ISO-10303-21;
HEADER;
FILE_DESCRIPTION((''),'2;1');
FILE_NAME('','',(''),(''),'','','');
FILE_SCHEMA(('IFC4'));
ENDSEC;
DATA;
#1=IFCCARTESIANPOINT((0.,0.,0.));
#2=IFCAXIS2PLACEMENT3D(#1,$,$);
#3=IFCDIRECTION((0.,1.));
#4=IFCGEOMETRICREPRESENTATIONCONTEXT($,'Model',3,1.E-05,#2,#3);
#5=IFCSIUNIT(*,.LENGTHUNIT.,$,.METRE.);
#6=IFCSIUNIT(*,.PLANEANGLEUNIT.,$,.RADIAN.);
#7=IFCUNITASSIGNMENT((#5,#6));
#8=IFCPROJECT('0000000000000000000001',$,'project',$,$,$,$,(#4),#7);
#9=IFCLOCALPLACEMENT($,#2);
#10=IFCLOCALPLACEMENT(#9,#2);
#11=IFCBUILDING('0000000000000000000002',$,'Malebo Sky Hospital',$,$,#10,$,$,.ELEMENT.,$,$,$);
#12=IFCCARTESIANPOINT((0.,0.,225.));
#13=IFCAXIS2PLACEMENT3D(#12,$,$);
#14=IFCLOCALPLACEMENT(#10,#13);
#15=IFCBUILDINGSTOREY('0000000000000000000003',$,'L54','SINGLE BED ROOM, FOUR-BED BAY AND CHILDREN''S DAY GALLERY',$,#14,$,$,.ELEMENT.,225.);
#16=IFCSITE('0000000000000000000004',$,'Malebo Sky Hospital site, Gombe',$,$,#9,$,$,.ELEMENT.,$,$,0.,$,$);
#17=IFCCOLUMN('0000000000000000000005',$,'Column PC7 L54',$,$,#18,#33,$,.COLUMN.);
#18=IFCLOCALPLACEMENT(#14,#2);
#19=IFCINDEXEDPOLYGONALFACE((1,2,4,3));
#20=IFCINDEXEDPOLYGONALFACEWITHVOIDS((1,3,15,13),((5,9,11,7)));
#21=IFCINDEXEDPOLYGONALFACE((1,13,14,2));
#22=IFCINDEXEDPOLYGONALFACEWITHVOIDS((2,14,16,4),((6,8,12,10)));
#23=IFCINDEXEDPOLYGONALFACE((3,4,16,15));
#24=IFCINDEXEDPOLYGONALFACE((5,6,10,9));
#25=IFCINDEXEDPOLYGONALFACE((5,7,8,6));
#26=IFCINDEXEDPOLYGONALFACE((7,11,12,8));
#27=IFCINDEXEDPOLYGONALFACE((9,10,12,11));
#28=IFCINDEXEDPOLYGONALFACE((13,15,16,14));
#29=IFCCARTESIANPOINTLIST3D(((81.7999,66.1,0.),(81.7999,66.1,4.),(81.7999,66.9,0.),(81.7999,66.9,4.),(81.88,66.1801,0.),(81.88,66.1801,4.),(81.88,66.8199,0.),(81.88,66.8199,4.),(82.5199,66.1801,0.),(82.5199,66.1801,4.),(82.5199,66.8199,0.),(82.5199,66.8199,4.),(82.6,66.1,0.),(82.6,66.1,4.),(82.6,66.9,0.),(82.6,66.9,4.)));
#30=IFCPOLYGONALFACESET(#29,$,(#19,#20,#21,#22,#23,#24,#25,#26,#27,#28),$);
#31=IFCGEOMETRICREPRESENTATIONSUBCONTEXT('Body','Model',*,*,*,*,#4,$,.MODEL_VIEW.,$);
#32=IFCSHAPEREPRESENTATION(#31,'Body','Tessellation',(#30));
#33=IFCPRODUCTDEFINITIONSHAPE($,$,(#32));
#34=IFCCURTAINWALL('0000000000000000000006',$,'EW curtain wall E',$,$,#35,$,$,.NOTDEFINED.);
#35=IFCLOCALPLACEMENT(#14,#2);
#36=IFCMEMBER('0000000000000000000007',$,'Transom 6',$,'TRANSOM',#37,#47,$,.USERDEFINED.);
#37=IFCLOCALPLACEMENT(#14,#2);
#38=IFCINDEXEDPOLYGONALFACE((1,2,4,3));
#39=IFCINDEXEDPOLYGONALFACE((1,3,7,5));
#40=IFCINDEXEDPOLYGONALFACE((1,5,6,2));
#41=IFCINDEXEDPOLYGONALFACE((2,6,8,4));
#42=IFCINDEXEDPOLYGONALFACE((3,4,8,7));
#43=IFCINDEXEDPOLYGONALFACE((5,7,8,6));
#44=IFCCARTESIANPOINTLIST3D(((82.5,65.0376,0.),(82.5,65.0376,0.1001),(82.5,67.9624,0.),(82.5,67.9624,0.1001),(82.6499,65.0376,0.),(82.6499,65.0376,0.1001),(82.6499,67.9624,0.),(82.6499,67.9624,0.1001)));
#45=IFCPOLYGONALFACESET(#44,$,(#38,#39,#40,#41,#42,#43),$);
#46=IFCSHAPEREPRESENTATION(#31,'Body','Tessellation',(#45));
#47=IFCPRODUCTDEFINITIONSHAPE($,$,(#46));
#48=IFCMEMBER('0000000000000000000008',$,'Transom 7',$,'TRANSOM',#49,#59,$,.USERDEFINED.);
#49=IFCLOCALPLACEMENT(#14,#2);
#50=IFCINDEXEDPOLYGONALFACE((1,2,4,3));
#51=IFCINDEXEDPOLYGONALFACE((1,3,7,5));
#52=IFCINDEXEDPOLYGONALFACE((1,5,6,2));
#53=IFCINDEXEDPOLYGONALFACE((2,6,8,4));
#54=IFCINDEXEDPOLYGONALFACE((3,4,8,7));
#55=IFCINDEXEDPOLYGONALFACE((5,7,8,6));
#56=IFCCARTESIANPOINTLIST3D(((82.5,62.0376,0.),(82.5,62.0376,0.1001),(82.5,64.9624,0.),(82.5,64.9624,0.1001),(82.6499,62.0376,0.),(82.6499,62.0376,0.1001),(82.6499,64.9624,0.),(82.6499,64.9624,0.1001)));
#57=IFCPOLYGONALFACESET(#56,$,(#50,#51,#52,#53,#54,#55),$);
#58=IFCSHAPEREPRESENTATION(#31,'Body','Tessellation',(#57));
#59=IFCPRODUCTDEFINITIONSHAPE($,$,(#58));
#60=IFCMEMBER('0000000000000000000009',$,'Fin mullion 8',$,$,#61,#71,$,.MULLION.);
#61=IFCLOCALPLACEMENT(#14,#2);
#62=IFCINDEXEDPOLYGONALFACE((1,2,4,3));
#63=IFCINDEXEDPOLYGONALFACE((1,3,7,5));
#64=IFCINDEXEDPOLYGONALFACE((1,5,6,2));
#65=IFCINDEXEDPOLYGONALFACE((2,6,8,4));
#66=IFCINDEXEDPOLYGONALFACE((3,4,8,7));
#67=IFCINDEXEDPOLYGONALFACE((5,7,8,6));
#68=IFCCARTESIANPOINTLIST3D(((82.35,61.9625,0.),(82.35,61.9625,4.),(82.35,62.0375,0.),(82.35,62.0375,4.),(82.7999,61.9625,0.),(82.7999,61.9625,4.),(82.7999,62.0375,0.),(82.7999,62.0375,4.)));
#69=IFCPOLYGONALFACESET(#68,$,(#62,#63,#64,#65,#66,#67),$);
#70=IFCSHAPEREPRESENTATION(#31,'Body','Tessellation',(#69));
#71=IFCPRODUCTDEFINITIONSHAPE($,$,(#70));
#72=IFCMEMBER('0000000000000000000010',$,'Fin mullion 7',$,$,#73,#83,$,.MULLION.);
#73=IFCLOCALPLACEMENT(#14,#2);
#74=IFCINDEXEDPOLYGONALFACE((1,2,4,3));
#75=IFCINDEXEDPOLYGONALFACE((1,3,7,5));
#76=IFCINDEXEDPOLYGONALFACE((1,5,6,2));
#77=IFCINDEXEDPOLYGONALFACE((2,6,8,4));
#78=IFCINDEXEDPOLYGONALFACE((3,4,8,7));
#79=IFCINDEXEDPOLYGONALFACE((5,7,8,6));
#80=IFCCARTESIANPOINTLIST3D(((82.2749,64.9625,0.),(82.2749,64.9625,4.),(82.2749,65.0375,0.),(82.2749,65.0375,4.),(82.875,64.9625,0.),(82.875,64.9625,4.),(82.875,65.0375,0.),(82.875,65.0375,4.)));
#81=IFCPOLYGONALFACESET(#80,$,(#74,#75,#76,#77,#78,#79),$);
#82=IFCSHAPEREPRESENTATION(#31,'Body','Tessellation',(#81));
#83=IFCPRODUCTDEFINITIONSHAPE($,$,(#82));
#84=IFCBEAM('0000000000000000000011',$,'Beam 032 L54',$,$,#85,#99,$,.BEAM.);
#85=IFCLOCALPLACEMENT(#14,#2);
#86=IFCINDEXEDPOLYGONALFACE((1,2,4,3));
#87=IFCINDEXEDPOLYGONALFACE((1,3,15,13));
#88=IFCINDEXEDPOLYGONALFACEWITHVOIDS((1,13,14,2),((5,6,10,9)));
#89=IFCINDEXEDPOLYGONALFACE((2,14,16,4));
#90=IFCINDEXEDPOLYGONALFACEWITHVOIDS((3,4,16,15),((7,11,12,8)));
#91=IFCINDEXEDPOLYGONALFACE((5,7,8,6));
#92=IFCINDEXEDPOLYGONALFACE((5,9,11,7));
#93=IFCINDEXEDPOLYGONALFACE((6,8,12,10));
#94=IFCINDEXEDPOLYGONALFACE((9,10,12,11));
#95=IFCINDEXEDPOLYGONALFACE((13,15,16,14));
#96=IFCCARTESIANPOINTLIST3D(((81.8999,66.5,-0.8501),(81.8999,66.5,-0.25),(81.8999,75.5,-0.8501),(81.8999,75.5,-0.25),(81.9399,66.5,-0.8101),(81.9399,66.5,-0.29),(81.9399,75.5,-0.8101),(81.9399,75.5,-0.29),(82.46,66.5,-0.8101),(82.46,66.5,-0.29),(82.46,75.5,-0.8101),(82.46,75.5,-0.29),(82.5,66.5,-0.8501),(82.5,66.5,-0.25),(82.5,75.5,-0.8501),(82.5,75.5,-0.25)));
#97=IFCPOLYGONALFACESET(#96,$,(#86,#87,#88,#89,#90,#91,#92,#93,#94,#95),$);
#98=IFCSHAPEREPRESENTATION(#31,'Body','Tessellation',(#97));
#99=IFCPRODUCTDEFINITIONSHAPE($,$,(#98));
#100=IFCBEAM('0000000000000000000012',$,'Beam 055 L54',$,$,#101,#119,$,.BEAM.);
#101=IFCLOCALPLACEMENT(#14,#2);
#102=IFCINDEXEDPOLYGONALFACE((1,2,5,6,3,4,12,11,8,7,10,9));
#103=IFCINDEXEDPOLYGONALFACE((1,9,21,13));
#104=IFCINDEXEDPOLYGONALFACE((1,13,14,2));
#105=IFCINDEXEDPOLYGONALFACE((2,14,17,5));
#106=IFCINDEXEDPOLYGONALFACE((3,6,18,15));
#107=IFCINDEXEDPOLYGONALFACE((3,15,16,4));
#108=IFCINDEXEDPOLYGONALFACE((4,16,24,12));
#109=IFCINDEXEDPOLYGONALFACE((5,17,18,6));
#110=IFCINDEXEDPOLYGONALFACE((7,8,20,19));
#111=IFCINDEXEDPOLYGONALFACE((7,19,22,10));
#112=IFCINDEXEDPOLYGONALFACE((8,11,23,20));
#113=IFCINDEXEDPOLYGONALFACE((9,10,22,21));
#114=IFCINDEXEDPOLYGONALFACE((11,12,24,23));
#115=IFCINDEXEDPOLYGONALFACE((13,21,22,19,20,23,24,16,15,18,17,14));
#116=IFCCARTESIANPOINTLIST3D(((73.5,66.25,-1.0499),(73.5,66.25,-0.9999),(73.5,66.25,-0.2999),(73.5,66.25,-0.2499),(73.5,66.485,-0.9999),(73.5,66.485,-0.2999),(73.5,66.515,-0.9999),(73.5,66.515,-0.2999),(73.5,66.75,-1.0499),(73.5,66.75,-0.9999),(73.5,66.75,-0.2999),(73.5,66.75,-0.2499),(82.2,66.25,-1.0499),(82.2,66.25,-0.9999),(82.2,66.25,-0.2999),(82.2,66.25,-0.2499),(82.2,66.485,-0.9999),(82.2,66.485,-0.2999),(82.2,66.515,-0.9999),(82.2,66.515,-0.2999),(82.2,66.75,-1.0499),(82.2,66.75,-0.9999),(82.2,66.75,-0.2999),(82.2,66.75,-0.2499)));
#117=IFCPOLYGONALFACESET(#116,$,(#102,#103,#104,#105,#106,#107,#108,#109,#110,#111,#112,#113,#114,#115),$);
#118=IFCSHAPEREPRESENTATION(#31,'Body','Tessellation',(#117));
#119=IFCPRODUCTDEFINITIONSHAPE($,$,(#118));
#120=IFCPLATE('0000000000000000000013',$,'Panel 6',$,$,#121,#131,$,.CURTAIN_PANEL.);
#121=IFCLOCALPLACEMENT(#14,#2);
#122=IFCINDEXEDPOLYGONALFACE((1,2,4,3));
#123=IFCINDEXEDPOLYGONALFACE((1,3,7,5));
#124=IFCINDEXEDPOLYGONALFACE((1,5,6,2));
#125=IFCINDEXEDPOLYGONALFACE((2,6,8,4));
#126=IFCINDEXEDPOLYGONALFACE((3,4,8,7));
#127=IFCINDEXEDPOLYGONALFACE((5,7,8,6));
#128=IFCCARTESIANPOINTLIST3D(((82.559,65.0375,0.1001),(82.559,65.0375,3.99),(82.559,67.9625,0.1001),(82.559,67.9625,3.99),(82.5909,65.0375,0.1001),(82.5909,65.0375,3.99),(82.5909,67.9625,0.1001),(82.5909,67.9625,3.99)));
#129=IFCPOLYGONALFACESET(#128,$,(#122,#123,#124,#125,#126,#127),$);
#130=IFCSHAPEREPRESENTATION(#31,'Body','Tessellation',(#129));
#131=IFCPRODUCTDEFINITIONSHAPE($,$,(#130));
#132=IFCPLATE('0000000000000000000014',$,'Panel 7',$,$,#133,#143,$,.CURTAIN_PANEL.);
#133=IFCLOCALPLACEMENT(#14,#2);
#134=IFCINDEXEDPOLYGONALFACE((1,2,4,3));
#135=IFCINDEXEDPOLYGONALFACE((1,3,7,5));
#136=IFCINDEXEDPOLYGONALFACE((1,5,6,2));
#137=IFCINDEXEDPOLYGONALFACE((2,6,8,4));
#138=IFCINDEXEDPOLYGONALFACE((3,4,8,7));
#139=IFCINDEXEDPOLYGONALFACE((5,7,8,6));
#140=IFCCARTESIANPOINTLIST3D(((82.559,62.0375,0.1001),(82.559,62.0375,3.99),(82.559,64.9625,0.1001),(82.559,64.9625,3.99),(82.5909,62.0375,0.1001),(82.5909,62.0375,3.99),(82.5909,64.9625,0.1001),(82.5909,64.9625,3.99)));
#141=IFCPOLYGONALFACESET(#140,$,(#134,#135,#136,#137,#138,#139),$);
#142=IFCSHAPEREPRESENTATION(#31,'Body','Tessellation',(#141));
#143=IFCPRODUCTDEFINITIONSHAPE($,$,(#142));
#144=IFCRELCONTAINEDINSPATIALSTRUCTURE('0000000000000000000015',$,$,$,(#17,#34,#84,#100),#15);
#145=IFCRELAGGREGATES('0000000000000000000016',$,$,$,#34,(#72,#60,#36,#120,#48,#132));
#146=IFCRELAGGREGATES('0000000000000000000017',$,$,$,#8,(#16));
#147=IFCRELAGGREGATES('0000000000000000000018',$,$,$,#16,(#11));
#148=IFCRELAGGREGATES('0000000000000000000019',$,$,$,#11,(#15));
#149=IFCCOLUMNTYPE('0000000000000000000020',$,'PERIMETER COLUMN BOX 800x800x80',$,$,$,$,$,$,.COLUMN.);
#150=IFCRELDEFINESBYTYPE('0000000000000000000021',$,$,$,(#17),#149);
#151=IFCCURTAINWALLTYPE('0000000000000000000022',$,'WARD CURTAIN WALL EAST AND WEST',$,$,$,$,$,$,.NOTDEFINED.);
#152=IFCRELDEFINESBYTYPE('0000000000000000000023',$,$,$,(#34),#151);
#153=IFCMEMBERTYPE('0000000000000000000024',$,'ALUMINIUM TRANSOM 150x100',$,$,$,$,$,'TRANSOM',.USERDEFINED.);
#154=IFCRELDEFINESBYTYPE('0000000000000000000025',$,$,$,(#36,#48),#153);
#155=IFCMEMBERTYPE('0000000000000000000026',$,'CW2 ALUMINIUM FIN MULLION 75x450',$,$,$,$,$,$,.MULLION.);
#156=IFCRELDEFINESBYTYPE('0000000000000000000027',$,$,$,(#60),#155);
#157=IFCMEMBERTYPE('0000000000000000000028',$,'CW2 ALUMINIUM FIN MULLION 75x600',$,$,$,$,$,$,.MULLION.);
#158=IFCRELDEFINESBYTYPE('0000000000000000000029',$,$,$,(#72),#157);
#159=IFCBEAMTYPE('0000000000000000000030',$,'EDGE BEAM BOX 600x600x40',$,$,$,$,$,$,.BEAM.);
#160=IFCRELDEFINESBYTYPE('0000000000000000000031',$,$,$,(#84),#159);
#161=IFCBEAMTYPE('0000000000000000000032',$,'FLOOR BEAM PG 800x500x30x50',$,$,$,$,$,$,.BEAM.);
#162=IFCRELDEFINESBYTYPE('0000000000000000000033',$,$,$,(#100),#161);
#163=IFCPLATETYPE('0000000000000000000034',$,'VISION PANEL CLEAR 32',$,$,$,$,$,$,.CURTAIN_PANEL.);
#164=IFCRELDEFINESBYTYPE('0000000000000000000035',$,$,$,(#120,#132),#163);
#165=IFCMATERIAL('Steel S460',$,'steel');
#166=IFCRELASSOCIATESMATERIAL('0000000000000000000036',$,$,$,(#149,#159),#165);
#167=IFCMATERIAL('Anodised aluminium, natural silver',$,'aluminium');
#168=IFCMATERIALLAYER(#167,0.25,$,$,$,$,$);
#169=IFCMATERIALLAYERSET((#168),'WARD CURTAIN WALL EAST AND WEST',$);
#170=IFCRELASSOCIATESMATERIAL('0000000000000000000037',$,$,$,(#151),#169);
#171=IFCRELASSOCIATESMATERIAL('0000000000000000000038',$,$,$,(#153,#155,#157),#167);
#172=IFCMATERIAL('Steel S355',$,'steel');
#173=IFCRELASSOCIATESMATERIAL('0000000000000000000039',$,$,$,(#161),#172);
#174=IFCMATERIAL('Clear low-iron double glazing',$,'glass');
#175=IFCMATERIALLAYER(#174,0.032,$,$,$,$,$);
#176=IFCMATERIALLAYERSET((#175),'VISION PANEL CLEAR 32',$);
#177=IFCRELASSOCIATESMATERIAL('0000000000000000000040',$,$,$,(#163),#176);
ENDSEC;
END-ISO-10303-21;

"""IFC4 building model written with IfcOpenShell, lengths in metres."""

from ifc_helpers import new_model, si_unit, direction, frame, origin, origin_2d, place, context, subcontext, project, spatial, rectangle, hollow_rectangle, i_section, extrude, material, layer, layer_set, material_profile, profile_set, type_object, element, aggregate, save


model = new_model("IFC4")

# Units and contexts
model_context = context("Model", 3, precision=1e-05, world=origin(), true_north=direction((0.0, 1.0)))
body_context = subcontext(model_context, "Body", "Model", "MODEL_VIEW")
ifc_project = project(units=[si_unit("LENGTHUNIT", "METRE"), si_unit("PLANEANGLEUNIT", "RADIAN")], contexts=[model_context])

# Site, building, storey
site_placement = place(None, origin())
site = spatial("IfcSite", under=ifc_project, at=site_placement, Name="Malebo Sky Hospital site, Gombe", CompositionType="ELEMENT", RefElevation=0.0)
building_placement = place(site_placement, origin())
building = spatial("IfcBuilding", under=site, at=building_placement, Name="Malebo Sky Hospital", CompositionType="ELEMENT")
storey_placement = place(building_placement, frame((0.0, 0.0, 225.0)))
storey = spatial("IfcBuildingStorey", under=building, at=storey_placement, Name="L54", Description="SINGLE BED ROOM, FOUR-BED BAY AND CHILDREN'S DAY GALLERY", CompositionType="ELEMENT", Elevation=225.0)

# Column
ifc_material_1 = material(Name="Steel S460", Category="steel")
ifc_material_profile_1 = material_profile(ifc_material_1, hollow_rectangle(XDim=0.8, YDim=0.8, WallThickness=0.0801, at=origin_2d()), Name="BOX 800x800x80")
ifc_profile_set_1 = profile_set([ifc_material_profile_1], Name="Steel S460")
column_type = type_object("IfcColumnType", Name="PERIMETER COLUMN BOX 800x800x80", PredefinedType="COLUMN", material=ifc_profile_set_1)
column_placement = place(storey_placement, frame((82.2, 66.5, 0.0), z_axis=(0.0, 0.0, 1.0), x_axis=(1.0, 0.0, 0.0)))
element("IfcColumn", 1, at=column_placement, inside=storey, type_object=column_type, Name="Column PC7 L54", PredefinedType="COLUMN", context=body_context, shape_type="SweptSolid", body=[
    extrude(hollow_rectangle(XDim=0.8, YDim=0.8, WallThickness=0.0801, at=origin_2d()), origin(), (0.0, 0.0, 1.0), 4.0),
])

# Curtain wall, members
ifc_material_2 = material(Name="Anodised aluminium, natural silver", Category="aluminium")
ifc_layer_1 = layer(ifc_material_2, 0.25)
ifc_layer_set_1 = layer_set([ifc_layer_1], Name="WARD CURTAIN WALL EAST AND WEST")
curtain_wall_type = type_object("IfcCurtainWallType", Name="WARD CURTAIN WALL EAST AND WEST", PredefinedType="NOTDEFINED", material=ifc_layer_set_1)
curtain_wall_placement = place(storey_placement, origin())
curtain_wall = element("IfcCurtainWall", 2, at=curtain_wall_placement, inside=storey, type_object=curtain_wall_type, Name="EW curtain wall E", PredefinedType="NOTDEFINED")
ifc_material_profile_2 = material_profile(ifc_material_2, rectangle(XDim=0.1499, YDim=0.1001, at=origin_2d()), Name="ALUMINIUM TRANSOM 150x100")
ifc_profile_set_2 = profile_set([ifc_material_profile_2], Name="Anodised aluminium, natural silver")
member_type_1 = type_object("IfcMemberType", Name="ALUMINIUM TRANSOM 150x100", ElementType="TRANSOM", PredefinedType="USERDEFINED", material=ifc_profile_set_2)
member_1_placement = place(storey_placement, frame((82.575, 67.9624, 0.05), z_axis=(0.0, -1.0, 0.0), x_axis=(1.0, 0.0, 0.0)))
member_1 = element("IfcMember", 3, at=member_1_placement, type_object=member_type_1, Name="Transom 6", ObjectType="TRANSOM", PredefinedType="USERDEFINED", context=body_context, shape_type="SweptSolid", body=[
    extrude(rectangle(XDim=0.1499, YDim=0.1001, at=origin_2d()), origin(), (0.0, 0.0, 1.0), 2.9248),
])
member_2_placement = place(storey_placement, frame((82.575, 64.9624, 0.05), z_axis=(0.0, -1.0, 0.0), x_axis=(1.0, 0.0, 0.0)))
member_2 = element("IfcMember", 4, at=member_2_placement, type_object=member_type_1, Name="Transom 7", ObjectType="TRANSOM", PredefinedType="USERDEFINED", context=body_context, shape_type="SweptSolid", body=[
    extrude(rectangle(XDim=0.1499, YDim=0.1001, at=origin_2d()), origin(), (0.0, 0.0, 1.0), 2.9248),
])
ifc_material_profile_3 = material_profile(ifc_material_2, rectangle(XDim=0.075, YDim=0.45, at=origin_2d()), Name="CW2 ALUMINIUM FIN MULLION 75x450")
ifc_profile_set_3 = profile_set([ifc_material_profile_3], Name="Anodised aluminium, natural silver")
member_type_2 = type_object("IfcMemberType", Name="CW2 ALUMINIUM FIN MULLION 75x450", PredefinedType="MULLION", material=ifc_profile_set_3)
member_3_placement = place(storey_placement, frame((82.575, 62.0, 0.0), z_axis=(0.0, 0.0, 1.0), x_axis=(0.0, -1.0, 0.0)))
member_3 = element("IfcMember", 5, at=member_3_placement, type_object=member_type_2, Name="Fin mullion 8", PredefinedType="MULLION", context=body_context, shape_type="SweptSolid", body=[
    extrude(rectangle(XDim=0.075, YDim=0.45, at=origin_2d()), origin(), (0.0, 0.0, 1.0), 4.0),
])
ifc_material_profile_4 = material_profile(ifc_material_2, rectangle(XDim=0.075, YDim=0.6001, at=origin_2d()), Name="CW2 ALUMINIUM FIN MULLION 75x600")
ifc_profile_set_4 = profile_set([ifc_material_profile_4], Name="Anodised aluminium, natural silver")
member_type_3 = type_object("IfcMemberType", Name="CW2 ALUMINIUM FIN MULLION 75x600", PredefinedType="MULLION", material=ifc_profile_set_4)
member_4_placement = place(storey_placement, frame((82.575, 65.0, 0.0), z_axis=(0.0, 0.0, 1.0), x_axis=(0.0, -1.0, 0.0)))
member_4 = element("IfcMember", 6, at=member_4_placement, type_object=member_type_3, Name="Fin mullion 7", PredefinedType="MULLION", context=body_context, shape_type="SweptSolid", body=[
    extrude(rectangle(XDim=0.075, YDim=0.6001, at=origin_2d()), origin(), (0.0, 0.0, 1.0), 4.0),
])

# Beams
ifc_material_profile_5 = material_profile(ifc_material_1, hollow_rectangle(XDim=0.6001, YDim=0.6001, WallThickness=0.04, at=origin_2d()), Name="BOX 600x600x40")
ifc_profile_set_5 = profile_set([ifc_material_profile_5], Name="Steel S460")
beam_type_1 = type_object("IfcBeamType", Name="EDGE BEAM BOX 600x600x40", PredefinedType="BEAM", material=ifc_profile_set_5)
beam_1_placement = place(storey_placement, frame((82.2, 66.5, -0.55), z_axis=(0.0, 1.0, 0.0), x_axis=(-1.0, 0.0, 0.0)))
element("IfcBeam", 7, at=beam_1_placement, inside=storey, type_object=beam_type_1, Name="Beam 032 L54", PredefinedType="BEAM", context=body_context, shape_type="SweptSolid", body=[
    extrude(hollow_rectangle(XDim=0.6001, YDim=0.6001, WallThickness=0.04, at=origin_2d()), origin(), (0.0, 0.0, 1.0), 9.0),
])
ifc_material_3 = material(Name="Steel S355", Category="steel")
ifc_material_profile_6 = material_profile(ifc_material_3, i_section(OverallWidth=0.5, OverallDepth=0.8, WebThickness=0.03, FlangeThickness=0.05, at=origin_2d()), Name="PG 800x500x30x50")
ifc_profile_set_6 = profile_set([ifc_material_profile_6], Name="Steel S355")
beam_type_2 = type_object("IfcBeamType", Name="FLOOR BEAM PG 800x500x30x50", PredefinedType="BEAM", material=ifc_profile_set_6)
beam_2_placement = place(storey_placement, frame((73.5, 66.5, -0.6499), z_axis=(1.0, 0.0, 0.0), x_axis=(0.0, 1.0, 0.0)))
element("IfcBeam", 8, at=beam_2_placement, inside=storey, type_object=beam_type_2, Name="Beam 055 L54", PredefinedType="BEAM", context=body_context, shape_type="SweptSolid", body=[
    extrude(i_section(OverallWidth=0.5, OverallDepth=0.8, WebThickness=0.03, FlangeThickness=0.05, at=origin_2d()), origin(), (0.0, 0.0, 1.0), 8.7),
])

# Plates
ifc_material_4 = material(Name="Clear low-iron double glazing", Category="glass")
ifc_layer_2 = layer(ifc_material_4, 0.032)
ifc_layer_set_2 = layer_set([ifc_layer_2], Name="VISION PANEL CLEAR 32")
plate_type = type_object("IfcPlateType", Name="VISION PANEL CLEAR 32", PredefinedType="CURTAIN_PANEL", material=ifc_layer_set_2)
plate_1_placement = place(storey_placement, frame((82.575, 66.5, 0.1001), z_axis=(0.0, 0.0, 1.0), x_axis=(0.0, -1.0, 0.0)))
plate_1 = element("IfcPlate", 9, at=plate_1_placement, type_object=plate_type, Name="Panel 6", PredefinedType="CURTAIN_PANEL", context=body_context, shape_type="SweptSolid", body=[
    extrude(rectangle(XDim=2.925, YDim=0.032, at=origin_2d()), origin(), (0.0, 0.0, 1.0), 3.8899),
])
plate_2_placement = place(storey_placement, frame((82.575, 63.5, 0.1001), z_axis=(0.0, 0.0, 1.0), x_axis=(0.0, -1.0, 0.0)))
plate_2 = element("IfcPlate", 10, at=plate_2_placement, type_object=plate_type, Name="Panel 7", PredefinedType="CURTAIN_PANEL", context=body_context, shape_type="SweptSolid", body=[
    extrude(rectangle(XDim=2.925, YDim=0.032, at=origin_2d()), origin(), (0.0, 0.0, 1.0), 3.8899),
])
aggregate(curtain_wall, [member_4, member_3, member_1, plate_1, member_2, plate_2])

save(model, "model.ifc")
